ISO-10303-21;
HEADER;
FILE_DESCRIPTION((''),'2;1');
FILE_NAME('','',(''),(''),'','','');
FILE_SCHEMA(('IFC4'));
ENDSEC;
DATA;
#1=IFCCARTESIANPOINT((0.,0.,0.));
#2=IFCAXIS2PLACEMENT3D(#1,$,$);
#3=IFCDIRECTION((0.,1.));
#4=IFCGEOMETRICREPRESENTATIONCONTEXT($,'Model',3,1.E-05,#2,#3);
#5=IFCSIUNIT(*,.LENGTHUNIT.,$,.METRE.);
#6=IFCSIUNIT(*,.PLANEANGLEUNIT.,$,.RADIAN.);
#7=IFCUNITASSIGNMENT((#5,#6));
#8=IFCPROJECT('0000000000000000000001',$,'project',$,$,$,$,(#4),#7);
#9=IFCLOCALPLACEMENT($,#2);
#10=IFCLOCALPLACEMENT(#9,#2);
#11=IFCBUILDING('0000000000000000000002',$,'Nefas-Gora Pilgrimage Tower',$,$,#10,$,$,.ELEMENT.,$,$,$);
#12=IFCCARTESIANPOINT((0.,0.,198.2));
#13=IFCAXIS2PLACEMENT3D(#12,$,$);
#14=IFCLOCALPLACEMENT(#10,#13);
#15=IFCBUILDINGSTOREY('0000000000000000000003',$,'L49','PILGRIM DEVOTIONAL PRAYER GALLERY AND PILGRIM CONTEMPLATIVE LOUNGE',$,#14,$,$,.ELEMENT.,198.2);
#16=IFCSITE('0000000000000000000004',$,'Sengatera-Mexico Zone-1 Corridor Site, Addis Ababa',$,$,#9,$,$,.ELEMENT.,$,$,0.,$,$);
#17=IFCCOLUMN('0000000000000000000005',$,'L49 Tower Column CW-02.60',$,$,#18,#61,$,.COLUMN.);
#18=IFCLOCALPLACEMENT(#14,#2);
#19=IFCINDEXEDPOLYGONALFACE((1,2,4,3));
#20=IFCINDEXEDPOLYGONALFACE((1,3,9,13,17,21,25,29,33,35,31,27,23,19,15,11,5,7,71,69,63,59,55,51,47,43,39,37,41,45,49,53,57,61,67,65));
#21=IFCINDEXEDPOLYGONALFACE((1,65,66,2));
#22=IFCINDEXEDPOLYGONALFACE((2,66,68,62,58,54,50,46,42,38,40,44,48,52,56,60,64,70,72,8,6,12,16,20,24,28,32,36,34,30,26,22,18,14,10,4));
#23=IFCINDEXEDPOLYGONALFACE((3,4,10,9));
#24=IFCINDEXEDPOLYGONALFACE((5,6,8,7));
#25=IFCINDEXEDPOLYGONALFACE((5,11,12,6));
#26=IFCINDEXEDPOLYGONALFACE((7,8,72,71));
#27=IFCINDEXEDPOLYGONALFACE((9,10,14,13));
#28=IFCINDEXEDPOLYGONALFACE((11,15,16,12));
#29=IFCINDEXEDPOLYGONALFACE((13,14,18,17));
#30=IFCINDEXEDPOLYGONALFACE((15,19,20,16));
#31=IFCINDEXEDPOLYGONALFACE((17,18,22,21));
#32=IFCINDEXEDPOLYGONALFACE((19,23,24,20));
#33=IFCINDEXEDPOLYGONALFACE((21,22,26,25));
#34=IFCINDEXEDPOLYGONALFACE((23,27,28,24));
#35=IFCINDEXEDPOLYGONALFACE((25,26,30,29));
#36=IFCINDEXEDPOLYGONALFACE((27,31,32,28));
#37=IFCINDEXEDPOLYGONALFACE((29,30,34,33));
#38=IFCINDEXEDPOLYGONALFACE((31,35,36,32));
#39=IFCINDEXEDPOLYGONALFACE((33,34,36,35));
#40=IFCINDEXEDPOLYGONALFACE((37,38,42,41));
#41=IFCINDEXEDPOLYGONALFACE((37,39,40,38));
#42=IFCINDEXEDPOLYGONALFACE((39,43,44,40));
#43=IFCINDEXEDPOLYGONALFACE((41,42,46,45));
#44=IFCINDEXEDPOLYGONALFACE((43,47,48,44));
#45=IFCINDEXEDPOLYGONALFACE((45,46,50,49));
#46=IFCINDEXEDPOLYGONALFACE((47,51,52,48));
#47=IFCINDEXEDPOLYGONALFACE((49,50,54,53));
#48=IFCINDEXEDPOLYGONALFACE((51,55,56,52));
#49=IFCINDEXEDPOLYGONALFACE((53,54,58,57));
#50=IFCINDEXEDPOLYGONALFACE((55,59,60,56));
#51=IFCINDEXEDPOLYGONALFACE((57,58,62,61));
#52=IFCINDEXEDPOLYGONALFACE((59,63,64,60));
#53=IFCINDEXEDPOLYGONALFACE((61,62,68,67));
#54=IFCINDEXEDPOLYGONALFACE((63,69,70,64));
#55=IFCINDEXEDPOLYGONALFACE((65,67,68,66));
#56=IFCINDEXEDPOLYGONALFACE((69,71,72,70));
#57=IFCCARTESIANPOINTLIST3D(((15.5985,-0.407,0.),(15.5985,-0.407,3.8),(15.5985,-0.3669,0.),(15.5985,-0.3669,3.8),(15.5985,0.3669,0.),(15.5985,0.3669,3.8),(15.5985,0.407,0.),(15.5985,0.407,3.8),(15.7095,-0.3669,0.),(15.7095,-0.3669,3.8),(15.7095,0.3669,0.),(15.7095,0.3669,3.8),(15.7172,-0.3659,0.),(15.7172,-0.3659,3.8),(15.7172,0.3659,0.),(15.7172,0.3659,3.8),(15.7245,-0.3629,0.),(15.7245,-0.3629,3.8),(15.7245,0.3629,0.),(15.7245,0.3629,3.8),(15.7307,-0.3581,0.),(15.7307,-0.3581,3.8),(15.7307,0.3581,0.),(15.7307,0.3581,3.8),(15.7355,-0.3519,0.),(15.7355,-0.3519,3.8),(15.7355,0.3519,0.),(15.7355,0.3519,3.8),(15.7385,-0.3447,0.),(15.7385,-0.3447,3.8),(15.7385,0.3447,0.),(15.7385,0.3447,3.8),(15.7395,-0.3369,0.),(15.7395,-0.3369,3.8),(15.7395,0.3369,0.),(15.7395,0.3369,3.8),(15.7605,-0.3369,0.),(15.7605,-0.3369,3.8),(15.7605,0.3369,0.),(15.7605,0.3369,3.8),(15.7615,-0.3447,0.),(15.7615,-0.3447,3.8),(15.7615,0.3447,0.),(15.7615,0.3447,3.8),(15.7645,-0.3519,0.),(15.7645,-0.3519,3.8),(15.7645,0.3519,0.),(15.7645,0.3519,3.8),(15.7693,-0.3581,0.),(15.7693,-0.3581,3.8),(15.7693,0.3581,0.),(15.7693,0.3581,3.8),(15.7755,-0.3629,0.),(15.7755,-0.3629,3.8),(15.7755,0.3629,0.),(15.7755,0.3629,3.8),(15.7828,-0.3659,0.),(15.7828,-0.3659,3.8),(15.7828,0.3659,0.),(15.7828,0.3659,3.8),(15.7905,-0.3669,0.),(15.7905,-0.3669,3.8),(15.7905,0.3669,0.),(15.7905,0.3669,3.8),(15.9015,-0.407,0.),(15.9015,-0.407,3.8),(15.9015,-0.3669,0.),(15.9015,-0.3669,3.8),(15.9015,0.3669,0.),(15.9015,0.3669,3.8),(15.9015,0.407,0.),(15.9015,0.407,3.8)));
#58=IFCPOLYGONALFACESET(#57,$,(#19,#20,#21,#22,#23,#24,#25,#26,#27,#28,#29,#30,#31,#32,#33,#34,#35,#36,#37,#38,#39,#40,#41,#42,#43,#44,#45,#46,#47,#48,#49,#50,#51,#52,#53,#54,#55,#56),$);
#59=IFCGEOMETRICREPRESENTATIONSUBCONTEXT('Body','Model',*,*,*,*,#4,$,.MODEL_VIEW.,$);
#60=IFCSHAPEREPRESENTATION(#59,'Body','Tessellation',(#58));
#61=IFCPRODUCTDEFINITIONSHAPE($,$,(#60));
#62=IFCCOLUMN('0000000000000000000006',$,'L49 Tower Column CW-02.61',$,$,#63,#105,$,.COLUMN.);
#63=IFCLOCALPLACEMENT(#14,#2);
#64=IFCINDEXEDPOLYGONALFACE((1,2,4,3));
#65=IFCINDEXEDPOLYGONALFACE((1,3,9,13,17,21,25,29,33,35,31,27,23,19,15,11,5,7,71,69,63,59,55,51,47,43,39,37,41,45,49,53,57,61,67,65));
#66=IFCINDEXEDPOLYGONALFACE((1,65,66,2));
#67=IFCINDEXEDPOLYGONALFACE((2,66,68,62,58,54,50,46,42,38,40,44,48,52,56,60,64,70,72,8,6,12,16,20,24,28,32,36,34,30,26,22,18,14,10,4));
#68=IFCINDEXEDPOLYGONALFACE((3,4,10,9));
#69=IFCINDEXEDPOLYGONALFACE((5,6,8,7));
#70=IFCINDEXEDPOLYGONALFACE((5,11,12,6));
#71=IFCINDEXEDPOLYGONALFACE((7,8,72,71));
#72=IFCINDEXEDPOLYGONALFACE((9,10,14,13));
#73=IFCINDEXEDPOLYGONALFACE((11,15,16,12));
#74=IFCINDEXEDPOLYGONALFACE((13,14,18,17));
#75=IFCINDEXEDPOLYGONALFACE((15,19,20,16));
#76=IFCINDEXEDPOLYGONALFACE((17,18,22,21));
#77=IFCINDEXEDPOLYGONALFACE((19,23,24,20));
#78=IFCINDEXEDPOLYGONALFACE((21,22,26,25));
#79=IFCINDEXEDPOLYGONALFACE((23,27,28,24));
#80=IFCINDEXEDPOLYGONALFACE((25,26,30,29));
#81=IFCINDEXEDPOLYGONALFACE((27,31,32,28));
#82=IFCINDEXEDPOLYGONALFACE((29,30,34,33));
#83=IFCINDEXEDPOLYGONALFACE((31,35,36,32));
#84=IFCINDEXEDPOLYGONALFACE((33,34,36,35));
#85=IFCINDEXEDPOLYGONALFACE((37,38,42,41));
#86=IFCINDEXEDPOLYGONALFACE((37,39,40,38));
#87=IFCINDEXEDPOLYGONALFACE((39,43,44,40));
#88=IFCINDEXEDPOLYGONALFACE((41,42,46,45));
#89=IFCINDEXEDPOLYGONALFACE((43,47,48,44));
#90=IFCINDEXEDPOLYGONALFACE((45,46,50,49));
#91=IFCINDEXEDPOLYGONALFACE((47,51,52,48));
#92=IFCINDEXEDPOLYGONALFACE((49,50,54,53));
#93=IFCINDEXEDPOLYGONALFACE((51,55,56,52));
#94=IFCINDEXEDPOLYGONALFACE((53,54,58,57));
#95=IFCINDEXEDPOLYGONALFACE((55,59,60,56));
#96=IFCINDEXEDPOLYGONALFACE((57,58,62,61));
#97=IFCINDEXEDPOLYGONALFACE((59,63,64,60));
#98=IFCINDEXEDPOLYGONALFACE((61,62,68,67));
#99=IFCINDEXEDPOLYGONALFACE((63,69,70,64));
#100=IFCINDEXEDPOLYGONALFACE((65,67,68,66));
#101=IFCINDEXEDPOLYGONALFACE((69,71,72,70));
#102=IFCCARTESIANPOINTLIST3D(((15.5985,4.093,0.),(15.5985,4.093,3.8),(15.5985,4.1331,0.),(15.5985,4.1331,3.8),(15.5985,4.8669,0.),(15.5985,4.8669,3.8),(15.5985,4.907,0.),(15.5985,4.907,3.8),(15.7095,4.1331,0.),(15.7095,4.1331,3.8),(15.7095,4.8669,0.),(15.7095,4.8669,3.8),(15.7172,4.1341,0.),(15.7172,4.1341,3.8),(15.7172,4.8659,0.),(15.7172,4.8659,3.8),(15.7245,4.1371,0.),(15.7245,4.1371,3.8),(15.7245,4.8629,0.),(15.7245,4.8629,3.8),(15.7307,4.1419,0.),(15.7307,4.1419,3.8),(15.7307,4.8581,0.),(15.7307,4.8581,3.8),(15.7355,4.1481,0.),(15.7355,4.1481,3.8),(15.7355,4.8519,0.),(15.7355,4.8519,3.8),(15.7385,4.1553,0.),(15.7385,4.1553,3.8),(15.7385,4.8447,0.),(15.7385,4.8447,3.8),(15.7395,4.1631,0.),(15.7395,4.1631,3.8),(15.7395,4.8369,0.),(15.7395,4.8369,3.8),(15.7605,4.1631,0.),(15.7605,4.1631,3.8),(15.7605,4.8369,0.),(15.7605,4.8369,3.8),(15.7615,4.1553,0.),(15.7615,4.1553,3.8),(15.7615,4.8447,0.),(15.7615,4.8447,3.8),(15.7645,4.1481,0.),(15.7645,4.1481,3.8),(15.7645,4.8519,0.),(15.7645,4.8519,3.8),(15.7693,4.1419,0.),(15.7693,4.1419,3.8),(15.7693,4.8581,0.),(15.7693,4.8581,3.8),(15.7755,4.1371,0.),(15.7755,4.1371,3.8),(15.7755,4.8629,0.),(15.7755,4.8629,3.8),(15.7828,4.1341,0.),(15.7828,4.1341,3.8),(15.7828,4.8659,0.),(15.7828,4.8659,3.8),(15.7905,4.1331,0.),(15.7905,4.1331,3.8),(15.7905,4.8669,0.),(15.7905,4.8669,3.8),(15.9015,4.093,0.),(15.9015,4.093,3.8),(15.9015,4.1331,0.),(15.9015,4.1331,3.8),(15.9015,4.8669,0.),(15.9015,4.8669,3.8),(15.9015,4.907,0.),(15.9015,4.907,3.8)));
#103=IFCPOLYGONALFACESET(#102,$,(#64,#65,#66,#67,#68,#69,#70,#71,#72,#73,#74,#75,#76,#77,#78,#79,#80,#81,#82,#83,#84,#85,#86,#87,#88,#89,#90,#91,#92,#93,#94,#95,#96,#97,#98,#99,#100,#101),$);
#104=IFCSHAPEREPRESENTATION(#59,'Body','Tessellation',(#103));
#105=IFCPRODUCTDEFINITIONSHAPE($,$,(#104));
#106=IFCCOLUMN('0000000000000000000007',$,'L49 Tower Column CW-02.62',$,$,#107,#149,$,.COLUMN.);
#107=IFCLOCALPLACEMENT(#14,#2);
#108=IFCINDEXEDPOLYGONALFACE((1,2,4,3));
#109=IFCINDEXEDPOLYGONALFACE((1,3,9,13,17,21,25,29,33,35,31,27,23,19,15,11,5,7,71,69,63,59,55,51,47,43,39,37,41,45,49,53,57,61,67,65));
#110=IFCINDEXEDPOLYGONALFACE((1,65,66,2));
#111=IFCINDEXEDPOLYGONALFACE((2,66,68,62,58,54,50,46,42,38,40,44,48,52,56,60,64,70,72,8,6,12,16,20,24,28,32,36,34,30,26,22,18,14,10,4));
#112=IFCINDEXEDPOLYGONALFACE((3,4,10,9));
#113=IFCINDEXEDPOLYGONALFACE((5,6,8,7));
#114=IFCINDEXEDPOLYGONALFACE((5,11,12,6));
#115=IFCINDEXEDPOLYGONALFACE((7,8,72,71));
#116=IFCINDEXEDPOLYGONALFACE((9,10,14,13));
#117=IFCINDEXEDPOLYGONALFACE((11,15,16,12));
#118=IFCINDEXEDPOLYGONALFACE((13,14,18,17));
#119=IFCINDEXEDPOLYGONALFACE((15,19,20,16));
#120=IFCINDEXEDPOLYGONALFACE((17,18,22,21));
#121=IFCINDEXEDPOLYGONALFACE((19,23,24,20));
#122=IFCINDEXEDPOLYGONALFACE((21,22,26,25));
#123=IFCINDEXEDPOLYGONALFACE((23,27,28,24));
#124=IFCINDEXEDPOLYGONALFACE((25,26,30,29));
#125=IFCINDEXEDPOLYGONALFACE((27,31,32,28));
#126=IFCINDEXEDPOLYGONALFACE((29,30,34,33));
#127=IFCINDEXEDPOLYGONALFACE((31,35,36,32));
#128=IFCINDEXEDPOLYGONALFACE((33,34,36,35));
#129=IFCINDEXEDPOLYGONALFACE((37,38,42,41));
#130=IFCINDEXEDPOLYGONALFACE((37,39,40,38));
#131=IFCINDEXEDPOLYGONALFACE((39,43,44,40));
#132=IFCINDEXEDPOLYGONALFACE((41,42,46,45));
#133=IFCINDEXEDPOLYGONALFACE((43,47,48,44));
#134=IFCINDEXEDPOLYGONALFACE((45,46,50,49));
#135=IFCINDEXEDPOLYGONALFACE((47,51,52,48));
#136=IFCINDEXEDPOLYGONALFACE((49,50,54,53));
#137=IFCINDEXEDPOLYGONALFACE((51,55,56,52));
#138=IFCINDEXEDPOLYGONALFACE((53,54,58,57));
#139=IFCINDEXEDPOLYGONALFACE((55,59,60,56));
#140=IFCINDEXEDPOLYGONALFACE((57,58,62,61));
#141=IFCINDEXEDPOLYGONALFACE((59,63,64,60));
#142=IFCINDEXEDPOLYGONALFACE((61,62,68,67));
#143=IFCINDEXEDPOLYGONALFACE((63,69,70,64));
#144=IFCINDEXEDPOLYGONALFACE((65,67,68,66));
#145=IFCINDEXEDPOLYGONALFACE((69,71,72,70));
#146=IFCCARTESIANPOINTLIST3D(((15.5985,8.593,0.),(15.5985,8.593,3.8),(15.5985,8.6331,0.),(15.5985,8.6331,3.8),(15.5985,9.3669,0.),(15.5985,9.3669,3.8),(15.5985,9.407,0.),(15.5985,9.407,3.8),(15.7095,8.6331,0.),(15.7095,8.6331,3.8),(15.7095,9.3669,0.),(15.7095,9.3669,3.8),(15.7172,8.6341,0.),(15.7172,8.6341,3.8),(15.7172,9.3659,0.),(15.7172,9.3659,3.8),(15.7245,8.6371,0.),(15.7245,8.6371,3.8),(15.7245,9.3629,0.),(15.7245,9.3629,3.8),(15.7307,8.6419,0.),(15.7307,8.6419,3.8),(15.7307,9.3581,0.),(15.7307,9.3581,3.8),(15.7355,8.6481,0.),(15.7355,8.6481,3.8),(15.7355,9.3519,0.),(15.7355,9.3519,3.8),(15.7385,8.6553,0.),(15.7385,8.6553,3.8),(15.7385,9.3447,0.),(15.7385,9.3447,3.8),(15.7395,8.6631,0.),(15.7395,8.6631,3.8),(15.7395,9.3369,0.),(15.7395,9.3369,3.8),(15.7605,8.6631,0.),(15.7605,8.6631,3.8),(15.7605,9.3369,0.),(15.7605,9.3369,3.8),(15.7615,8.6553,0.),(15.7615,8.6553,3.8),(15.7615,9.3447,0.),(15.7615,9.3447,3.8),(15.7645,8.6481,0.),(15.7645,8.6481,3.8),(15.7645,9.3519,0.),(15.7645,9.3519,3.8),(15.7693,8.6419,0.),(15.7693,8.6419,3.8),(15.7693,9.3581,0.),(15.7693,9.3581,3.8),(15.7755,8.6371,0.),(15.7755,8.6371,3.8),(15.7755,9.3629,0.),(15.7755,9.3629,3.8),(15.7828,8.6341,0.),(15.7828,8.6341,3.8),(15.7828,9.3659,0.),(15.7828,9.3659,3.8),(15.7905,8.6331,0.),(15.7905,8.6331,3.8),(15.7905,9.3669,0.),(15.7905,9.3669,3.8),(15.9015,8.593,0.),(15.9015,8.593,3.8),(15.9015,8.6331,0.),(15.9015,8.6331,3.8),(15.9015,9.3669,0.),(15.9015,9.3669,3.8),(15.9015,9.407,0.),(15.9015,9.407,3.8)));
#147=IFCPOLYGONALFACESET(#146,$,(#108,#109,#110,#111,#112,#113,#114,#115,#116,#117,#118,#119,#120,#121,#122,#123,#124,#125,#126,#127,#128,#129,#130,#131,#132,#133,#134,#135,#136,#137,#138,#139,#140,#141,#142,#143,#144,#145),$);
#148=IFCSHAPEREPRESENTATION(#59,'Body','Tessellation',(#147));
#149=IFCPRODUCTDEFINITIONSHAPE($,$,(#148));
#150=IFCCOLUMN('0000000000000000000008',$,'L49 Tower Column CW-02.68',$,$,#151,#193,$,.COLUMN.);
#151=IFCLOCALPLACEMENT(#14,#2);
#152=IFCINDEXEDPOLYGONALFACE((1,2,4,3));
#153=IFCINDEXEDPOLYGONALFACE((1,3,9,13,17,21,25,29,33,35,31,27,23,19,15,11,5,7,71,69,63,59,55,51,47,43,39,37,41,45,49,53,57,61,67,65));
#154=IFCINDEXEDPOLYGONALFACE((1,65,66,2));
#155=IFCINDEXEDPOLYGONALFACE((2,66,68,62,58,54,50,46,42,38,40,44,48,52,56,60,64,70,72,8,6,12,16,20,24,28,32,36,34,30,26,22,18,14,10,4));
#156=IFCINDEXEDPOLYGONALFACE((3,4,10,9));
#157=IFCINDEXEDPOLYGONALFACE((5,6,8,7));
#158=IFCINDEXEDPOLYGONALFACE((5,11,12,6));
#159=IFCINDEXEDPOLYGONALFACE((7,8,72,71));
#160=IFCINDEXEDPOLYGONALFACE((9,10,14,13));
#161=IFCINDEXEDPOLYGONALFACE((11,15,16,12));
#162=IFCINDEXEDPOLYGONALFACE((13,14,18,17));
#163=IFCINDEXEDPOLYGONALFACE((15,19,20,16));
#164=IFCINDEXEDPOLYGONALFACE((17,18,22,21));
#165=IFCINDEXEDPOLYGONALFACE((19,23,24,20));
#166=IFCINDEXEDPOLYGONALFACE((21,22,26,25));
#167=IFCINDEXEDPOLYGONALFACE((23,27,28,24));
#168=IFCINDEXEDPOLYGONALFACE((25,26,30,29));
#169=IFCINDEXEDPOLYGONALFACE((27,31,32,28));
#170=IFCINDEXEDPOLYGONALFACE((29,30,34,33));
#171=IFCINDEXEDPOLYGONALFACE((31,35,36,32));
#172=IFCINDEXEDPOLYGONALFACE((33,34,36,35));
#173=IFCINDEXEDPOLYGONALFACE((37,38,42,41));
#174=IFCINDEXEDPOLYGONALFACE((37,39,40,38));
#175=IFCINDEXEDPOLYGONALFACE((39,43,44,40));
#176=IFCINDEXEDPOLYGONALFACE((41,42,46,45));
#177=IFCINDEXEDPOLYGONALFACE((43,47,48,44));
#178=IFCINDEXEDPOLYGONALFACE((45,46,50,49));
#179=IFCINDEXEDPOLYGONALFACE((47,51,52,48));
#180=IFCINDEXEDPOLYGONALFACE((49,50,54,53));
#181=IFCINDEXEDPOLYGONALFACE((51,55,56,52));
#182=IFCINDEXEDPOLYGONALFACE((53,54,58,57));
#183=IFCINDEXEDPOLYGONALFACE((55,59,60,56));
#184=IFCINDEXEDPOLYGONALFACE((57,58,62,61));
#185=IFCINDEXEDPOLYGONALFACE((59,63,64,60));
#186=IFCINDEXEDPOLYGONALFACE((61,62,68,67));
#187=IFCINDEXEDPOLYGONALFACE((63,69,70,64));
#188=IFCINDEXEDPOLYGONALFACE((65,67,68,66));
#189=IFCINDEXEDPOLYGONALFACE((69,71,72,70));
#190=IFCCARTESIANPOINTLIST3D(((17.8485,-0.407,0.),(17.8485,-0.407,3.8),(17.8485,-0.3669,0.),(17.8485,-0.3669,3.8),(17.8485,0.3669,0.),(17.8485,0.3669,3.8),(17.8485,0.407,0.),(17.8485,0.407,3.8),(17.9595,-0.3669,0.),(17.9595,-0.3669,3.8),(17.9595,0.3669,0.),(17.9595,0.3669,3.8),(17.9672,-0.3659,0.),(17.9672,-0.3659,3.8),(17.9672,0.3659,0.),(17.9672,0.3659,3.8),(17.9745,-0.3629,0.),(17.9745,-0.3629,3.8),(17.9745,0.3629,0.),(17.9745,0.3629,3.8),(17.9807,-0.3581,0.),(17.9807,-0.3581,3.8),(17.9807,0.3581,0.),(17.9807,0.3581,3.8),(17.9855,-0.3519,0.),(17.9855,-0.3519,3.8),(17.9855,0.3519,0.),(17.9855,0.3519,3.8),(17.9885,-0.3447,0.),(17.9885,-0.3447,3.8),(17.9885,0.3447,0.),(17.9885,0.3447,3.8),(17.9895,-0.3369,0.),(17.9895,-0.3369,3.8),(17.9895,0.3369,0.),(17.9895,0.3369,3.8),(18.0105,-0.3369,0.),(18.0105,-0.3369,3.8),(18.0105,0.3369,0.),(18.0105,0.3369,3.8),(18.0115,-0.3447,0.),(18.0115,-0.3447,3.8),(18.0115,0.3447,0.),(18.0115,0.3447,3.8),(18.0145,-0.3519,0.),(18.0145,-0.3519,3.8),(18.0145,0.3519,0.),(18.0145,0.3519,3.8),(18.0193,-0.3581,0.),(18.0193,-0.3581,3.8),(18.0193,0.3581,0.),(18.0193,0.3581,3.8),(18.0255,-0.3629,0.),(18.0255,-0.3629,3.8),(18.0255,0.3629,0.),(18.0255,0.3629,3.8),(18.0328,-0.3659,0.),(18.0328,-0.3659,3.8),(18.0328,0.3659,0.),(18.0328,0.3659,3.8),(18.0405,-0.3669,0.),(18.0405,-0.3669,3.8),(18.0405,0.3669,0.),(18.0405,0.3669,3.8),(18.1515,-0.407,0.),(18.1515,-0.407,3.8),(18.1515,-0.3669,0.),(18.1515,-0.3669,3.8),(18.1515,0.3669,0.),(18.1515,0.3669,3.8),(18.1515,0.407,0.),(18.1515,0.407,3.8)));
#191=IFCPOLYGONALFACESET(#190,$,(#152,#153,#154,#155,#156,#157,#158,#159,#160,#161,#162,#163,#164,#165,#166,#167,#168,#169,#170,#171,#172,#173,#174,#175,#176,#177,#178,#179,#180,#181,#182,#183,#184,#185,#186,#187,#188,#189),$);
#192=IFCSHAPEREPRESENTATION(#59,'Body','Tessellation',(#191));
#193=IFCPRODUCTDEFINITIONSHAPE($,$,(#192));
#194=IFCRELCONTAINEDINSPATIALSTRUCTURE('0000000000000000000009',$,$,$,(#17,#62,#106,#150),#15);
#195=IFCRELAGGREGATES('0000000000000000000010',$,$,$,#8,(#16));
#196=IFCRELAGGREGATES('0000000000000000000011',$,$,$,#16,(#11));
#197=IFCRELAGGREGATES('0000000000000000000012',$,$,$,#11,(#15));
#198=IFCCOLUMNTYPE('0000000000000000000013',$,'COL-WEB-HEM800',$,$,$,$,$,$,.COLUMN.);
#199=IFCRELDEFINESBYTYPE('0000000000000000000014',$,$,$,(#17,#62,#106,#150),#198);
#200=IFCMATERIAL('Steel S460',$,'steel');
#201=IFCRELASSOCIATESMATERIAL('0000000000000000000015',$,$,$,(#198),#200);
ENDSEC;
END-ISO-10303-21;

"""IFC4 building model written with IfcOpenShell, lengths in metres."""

from ifc_helpers import new_model, si_unit, direction, frame, origin, origin_2d, place, context, subcontext, project, spatial, i_section, extrude, source, transform, mapped, material, material_profile, profile_set, type_object, element, save


model = new_model("IFC4")

# Units and contexts
model_context = context("Model", 3, precision=1e-05, world=origin(), true_north=direction((0.0, 1.0)))
body_context = subcontext(model_context, "Body", "Model", "MODEL_VIEW")
ifc_project = project(units=[si_unit("LENGTHUNIT", "METRE"), si_unit("PLANEANGLEUNIT", "RADIAN")], contexts=[model_context])

# Site, building, storey
site_placement = place(None, origin())
site = spatial("IfcSite", under=ifc_project, at=site_placement, Name="Sengatera-Mexico Zone-1 Corridor Site, Addis Ababa", CompositionType="ELEMENT", RefElevation=0.0)
building_placement = place(site_placement, origin())
building = spatial("IfcBuilding", under=site, at=building_placement, Name="Nefas-Gora Pilgrimage Tower", CompositionType="ELEMENT")
storey_placement = place(building_placement, frame((0.0, 0.0, 198.2)))
storey = spatial("IfcBuildingStorey", under=building, at=storey_placement, Name="L49", Description="PILGRIM DEVOTIONAL PRAYER GALLERY AND PILGRIM CONTEMPLATIVE LOUNGE", CompositionType="ELEMENT", Elevation=198.2)

# Columns
ifc_material_1 = material(Name="Steel S460", Category="steel")
ifc_material_profile_1 = material_profile(ifc_material_1, i_section(OverallWidth=0.303, OverallDepth=0.814, WebThickness=0.021, FlangeThickness=0.04, FilletRadius=0.03, at=origin_2d()), Name="HEM 800")
ifc_profile_set_1 = profile_set([ifc_material_profile_1], Name="Steel S460")
column_type_1 = type_object("IfcColumnType", Name="COL-WEB-HEM800", PredefinedType="COLUMN", material=ifc_profile_set_1)
shared_shape_1 = source(origin(), body_context, "Body", "SweptSolid", [
    extrude(i_section(OverallWidth=0.303, OverallDepth=0.814, WebThickness=0.021, FlangeThickness=0.04, FilletRadius=0.03, at=origin_2d()), origin(), (0.0, 0.0, 1.0), 3.8),
])
for number, where, z_axis, x_axis, name in (
    (1, (15.75, 0.0, 0.0), (0.0, 0.0, 1.0), (1.0, 0.0, 0.0), "L49 Tower Column CW-02.60"),
    (2, (15.75, 4.5, 0.0), (0.0, 0.0, 1.0), (1.0, 0.0, 0.0), "L49 Tower Column CW-02.61"),
    (3, (15.75, 9.0, 0.0), (0.0, 0.0, 1.0), (1.0, 0.0, 0.0), "L49 Tower Column CW-02.62"),
    (4, (18.0, 0.0, 0.0), (0.0, 0.0, 1.0), (1.0, 0.0, 0.0), "L49 Tower Column CW-02.68"),
):
    element("IfcColumn", number, at=place(storey_placement, frame(where, z_axis=z_axis, x_axis=x_axis)), inside=storey, type_object=column_type_1, Name=name, PredefinedType="COLUMN", context=body_context, shape_type="MappedRepresentation", body=[
        mapped(shared_shape_1, transform((0.0, 0.0, 0.0), x_axis=(1.0, 0.0, 0.0), y_axis=(0.0, 1.0, 0.0), z_axis=(0.0, 0.0, 1.0), scale=1.0)),
    ])

save(model, "model.ifc")
